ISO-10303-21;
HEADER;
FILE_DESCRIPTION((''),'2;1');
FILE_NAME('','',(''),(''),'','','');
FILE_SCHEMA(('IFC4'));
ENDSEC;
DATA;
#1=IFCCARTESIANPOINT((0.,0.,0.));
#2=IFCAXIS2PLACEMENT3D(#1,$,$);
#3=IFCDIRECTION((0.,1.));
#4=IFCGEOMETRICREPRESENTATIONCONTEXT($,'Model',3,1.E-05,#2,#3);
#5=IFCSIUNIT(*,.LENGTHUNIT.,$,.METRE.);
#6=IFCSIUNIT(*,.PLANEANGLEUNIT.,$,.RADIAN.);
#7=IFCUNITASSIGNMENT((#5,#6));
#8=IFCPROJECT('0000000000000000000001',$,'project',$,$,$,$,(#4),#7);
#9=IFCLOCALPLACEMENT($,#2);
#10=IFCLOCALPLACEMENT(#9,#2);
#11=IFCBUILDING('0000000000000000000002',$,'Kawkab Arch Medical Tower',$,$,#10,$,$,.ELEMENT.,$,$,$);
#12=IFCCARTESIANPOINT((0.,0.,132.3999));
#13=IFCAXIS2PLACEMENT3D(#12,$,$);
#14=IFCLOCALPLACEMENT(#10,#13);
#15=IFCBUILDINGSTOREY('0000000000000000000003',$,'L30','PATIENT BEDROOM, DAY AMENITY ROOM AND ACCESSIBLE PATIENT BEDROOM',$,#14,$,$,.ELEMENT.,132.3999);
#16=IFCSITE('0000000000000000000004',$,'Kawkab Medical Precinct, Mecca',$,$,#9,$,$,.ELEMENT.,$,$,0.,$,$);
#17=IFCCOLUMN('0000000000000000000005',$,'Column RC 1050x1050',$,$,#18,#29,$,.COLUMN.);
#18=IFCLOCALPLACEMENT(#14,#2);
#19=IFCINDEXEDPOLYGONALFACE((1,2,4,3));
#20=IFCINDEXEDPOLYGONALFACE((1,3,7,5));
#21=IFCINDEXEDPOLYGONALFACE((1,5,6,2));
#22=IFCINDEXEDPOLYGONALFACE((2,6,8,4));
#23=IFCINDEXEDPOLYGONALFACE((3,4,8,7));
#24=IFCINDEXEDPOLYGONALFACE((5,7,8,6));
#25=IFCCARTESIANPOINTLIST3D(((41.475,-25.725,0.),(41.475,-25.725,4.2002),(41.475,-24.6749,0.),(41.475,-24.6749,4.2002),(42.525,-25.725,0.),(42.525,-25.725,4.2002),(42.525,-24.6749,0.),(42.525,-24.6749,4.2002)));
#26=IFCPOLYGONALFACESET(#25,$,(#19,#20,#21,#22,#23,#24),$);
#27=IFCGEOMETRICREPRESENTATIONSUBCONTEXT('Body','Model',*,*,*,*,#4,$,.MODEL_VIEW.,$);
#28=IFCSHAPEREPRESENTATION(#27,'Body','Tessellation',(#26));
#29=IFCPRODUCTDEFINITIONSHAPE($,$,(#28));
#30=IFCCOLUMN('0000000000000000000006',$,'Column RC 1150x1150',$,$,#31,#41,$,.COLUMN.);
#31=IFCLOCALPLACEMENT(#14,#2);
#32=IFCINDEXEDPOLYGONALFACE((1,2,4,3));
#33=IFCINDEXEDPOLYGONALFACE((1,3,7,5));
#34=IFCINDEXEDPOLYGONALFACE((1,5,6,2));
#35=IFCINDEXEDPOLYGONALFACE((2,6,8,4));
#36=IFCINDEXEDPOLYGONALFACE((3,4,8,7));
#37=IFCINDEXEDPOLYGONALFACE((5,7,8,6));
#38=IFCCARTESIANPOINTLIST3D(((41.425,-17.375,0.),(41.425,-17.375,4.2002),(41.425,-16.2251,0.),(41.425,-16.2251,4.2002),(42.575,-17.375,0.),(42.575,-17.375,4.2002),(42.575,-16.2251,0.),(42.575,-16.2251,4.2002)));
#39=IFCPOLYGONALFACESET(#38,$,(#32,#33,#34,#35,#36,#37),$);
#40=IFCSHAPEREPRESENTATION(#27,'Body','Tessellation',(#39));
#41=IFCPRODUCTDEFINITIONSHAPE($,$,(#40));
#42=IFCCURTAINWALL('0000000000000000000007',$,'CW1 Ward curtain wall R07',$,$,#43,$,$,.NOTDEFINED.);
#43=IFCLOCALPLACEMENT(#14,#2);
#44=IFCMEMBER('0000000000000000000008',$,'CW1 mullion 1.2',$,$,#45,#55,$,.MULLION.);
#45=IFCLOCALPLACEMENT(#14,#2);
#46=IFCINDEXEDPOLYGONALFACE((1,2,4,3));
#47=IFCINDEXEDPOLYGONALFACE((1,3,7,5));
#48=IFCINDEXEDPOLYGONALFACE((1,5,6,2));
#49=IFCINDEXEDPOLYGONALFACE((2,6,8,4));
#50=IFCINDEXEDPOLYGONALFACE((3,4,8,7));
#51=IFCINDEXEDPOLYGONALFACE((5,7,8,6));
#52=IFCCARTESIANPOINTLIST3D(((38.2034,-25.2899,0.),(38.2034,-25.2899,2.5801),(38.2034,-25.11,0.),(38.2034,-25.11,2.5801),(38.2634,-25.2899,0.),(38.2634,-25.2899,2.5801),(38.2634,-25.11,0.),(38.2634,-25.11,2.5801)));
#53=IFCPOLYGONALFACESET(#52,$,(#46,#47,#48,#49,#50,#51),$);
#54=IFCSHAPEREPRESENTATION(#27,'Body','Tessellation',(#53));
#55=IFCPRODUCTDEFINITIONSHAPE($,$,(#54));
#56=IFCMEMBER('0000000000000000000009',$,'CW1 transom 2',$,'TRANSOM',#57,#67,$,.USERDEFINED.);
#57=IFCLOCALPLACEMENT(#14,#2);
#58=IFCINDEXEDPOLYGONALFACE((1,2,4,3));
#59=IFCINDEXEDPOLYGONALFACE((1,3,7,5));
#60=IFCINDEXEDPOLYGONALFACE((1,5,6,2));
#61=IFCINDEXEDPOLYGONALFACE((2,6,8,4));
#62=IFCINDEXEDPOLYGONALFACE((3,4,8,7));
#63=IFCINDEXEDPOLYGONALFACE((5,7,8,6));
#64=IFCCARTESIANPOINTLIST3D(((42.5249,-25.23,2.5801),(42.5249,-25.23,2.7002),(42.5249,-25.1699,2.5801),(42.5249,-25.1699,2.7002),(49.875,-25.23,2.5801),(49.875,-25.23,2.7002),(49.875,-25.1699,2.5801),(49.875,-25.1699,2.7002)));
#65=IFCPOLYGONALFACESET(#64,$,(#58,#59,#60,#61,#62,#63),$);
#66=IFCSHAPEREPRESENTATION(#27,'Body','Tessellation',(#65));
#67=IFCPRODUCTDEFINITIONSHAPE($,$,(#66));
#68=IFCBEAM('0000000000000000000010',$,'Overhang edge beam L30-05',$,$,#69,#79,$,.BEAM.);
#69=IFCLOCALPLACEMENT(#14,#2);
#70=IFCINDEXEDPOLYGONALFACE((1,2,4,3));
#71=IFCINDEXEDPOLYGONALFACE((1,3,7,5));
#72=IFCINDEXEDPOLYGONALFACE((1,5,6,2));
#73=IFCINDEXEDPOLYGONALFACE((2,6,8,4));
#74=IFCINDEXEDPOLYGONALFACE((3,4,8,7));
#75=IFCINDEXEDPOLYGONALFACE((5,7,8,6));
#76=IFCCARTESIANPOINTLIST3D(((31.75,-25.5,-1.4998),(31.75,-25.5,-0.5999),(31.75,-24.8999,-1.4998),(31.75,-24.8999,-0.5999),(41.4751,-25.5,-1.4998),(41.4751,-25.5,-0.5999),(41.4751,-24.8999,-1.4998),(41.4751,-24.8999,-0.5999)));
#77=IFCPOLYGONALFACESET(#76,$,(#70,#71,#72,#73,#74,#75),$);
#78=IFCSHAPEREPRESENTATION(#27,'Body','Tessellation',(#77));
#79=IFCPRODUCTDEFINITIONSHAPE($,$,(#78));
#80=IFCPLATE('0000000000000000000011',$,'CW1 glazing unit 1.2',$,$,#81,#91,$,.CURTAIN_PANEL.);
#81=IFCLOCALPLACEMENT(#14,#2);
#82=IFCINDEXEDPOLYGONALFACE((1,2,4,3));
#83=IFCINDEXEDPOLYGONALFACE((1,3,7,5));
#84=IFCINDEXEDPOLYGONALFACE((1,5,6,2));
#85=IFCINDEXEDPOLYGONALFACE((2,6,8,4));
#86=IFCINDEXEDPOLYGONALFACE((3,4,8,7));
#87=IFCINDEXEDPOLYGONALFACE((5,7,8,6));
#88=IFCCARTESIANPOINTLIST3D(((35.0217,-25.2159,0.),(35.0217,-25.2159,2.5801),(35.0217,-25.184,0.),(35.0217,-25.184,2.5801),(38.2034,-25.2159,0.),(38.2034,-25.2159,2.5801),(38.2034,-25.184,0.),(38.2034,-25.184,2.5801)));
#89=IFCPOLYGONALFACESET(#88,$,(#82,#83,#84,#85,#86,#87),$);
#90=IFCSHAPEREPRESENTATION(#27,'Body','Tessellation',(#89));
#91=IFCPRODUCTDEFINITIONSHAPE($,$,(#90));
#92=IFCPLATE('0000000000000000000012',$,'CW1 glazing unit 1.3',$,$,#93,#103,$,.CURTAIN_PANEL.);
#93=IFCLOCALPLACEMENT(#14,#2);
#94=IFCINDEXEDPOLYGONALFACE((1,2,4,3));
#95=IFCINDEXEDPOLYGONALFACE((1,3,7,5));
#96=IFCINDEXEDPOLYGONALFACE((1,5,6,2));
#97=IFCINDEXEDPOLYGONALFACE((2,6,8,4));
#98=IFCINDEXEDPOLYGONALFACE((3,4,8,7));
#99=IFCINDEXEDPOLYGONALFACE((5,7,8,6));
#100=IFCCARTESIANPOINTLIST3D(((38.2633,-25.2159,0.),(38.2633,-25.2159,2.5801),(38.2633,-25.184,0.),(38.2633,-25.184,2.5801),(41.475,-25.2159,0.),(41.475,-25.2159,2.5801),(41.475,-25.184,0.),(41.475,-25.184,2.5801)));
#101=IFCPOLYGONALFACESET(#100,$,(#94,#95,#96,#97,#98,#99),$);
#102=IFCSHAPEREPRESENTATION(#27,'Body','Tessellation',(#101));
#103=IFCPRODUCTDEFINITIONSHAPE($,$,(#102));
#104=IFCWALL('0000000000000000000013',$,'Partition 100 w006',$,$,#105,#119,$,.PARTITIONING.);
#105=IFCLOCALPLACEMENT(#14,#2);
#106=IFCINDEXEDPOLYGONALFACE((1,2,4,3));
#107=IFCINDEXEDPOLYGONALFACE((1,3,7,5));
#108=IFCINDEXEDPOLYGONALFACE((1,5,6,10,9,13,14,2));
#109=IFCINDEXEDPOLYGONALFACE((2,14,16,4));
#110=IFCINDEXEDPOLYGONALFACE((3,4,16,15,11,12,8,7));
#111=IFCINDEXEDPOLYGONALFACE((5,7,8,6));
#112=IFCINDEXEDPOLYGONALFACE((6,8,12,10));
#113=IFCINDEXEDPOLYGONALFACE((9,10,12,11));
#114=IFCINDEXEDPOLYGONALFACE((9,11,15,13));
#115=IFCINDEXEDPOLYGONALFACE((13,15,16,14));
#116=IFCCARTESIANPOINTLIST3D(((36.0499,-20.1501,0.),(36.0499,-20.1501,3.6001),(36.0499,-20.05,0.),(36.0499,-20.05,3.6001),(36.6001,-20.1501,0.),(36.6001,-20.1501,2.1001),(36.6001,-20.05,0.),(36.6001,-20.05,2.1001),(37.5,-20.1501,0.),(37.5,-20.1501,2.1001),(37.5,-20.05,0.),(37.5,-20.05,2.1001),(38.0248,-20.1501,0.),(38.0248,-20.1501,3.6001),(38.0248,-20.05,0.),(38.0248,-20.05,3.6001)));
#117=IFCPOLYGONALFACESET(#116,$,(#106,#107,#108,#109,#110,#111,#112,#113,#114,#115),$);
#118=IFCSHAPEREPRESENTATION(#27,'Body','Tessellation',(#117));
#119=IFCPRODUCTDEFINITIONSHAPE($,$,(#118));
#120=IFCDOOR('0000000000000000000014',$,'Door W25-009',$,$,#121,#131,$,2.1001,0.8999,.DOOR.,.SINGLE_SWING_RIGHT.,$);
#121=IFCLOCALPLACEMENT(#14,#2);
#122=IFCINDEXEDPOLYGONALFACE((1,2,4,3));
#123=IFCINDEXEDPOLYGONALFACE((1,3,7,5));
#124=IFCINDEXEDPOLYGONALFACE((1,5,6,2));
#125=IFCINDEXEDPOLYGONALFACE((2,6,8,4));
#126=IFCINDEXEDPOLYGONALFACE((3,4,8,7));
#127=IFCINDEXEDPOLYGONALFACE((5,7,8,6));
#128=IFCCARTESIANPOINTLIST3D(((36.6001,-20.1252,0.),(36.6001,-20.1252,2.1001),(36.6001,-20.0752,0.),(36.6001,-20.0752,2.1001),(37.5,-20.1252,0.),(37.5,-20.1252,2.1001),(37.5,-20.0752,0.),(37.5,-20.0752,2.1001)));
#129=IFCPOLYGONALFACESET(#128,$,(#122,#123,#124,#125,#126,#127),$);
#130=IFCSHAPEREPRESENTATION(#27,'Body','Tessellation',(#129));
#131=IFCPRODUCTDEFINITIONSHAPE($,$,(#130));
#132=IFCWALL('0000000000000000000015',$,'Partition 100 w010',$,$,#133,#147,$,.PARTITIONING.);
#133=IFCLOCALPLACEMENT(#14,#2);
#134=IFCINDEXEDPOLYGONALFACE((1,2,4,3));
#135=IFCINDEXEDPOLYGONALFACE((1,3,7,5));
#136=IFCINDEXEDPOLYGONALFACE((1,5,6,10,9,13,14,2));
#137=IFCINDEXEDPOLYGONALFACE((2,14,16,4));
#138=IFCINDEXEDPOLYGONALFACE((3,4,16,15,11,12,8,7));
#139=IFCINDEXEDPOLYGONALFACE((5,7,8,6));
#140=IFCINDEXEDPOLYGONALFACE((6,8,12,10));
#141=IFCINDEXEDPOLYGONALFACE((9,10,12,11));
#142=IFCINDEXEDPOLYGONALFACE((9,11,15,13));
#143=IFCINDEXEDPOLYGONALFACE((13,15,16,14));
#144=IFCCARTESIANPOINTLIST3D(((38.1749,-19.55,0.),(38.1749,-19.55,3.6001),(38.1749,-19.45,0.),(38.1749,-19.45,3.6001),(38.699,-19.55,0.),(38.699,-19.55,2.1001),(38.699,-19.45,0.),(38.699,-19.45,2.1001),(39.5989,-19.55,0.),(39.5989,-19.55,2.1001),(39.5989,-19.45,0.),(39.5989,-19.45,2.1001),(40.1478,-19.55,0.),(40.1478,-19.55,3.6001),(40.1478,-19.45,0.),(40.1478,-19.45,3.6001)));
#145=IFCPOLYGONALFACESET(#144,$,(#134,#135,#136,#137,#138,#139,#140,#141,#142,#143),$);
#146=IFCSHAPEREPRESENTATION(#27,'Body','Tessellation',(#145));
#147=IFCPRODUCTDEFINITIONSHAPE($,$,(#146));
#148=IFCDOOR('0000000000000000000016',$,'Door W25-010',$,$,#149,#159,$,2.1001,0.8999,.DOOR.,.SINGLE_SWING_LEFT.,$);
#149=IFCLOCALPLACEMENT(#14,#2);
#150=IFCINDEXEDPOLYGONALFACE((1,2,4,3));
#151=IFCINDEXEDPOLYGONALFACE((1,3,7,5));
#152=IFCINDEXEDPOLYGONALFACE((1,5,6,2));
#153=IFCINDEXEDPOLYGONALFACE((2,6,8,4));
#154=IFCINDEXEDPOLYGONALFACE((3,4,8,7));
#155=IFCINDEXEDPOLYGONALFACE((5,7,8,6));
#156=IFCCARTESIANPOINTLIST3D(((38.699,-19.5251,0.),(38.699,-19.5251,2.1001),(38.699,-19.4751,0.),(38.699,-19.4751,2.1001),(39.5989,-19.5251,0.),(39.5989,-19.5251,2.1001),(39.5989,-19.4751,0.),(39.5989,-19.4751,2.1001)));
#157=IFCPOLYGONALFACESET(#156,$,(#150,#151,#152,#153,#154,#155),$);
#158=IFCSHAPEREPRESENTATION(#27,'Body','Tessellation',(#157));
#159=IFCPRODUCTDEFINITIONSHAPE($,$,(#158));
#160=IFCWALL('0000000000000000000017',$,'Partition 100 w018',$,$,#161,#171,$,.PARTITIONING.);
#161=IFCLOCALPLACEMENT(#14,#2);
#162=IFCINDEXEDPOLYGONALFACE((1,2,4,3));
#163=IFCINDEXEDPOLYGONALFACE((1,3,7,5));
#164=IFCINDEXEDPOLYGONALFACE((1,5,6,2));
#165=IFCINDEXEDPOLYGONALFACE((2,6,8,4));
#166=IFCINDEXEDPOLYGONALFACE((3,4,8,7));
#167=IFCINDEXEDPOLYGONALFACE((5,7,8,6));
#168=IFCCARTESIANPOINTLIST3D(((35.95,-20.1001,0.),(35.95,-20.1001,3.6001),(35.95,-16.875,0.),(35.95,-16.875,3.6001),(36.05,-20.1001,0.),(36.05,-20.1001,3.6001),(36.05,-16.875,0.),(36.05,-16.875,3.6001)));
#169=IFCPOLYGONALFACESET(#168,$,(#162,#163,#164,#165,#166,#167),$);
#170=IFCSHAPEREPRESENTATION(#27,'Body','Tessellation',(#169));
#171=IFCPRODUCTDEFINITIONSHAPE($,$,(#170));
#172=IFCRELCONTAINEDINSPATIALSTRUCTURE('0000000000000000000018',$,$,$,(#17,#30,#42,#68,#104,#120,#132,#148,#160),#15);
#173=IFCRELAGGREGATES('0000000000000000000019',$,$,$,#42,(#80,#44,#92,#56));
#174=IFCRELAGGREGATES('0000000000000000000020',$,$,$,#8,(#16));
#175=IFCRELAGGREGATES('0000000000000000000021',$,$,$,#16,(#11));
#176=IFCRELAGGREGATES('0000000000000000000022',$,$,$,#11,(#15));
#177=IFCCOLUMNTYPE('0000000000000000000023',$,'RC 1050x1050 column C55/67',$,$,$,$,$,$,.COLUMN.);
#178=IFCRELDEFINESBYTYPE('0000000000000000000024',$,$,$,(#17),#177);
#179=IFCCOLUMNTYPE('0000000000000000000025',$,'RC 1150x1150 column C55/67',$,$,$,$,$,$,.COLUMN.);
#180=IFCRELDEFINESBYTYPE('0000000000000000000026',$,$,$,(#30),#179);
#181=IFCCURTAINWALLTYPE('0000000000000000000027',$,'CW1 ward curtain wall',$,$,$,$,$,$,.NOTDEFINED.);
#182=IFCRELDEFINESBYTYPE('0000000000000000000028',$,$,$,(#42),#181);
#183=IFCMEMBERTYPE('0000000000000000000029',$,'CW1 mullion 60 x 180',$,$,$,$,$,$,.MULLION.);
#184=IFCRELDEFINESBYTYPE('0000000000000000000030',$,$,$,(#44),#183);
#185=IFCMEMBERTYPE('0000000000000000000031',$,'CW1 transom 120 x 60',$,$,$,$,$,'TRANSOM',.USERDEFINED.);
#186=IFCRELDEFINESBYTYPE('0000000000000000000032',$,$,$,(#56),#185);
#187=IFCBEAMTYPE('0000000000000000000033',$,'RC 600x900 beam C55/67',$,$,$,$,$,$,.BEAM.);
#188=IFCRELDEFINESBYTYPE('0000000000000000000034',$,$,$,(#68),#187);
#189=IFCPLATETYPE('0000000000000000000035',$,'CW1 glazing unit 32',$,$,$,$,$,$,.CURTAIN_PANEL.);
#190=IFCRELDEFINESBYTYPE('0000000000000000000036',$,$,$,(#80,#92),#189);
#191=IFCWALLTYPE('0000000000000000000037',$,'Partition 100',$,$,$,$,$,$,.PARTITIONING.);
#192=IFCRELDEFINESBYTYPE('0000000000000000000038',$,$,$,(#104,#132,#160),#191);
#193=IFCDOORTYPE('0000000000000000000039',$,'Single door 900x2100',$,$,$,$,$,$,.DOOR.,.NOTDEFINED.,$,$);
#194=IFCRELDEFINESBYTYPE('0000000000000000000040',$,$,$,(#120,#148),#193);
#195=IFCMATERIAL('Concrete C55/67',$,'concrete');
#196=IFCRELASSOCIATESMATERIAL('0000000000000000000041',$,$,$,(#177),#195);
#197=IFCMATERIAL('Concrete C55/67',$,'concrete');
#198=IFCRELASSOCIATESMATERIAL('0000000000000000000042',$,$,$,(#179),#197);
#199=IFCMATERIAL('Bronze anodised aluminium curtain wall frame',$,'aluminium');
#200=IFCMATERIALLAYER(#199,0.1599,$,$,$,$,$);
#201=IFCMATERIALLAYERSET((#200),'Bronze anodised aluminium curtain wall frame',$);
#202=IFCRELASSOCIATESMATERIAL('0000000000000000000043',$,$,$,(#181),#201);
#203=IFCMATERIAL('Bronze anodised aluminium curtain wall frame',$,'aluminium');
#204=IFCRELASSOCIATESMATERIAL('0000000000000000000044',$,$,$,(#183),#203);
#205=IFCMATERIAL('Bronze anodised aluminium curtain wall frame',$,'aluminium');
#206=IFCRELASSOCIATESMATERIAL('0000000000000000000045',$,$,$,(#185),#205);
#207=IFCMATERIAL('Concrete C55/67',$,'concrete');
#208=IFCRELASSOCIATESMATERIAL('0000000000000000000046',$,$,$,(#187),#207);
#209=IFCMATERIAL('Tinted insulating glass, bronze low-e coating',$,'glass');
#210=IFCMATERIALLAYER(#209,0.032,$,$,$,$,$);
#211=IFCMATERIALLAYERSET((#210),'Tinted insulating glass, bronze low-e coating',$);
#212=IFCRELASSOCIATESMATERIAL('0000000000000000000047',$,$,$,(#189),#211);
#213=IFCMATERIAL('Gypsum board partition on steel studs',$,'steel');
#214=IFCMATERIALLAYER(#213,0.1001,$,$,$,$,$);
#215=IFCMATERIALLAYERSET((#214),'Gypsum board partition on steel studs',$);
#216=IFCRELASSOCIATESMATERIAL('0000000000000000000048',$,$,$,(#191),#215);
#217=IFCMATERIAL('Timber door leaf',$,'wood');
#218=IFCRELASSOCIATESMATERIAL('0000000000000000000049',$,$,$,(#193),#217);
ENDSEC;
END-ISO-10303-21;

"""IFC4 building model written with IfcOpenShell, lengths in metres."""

from ifc_helpers import new_model, si_unit, direction, frame, frame_2d, origin, origin_2d, place, context, subcontext, project, spatial, rectangle, extrude, material, layer, layer_set, material_profile, profile_set, type_object, element, fill, aggregate, save


model = new_model("IFC4")

# Units and contexts
model_context = context("Model", 3, precision=1e-05, world=origin(), true_north=direction((0.0, 1.0)))
body_context = subcontext(model_context, "Body", "Model", "MODEL_VIEW")
ifc_project = project(units=[si_unit("LENGTHUNIT", "METRE"), si_unit("PLANEANGLEUNIT", "RADIAN")], contexts=[model_context])

# Site, building, storey
site_placement = place(None, origin())
site = spatial("IfcSite", under=ifc_project, at=site_placement, Name="Kawkab Medical Precinct, Mecca", CompositionType="ELEMENT", RefElevation=0.0)
building_placement = place(site_placement, origin())
building = spatial("IfcBuilding", under=site, at=building_placement, Name="Kawkab Arch Medical Tower", CompositionType="ELEMENT")
storey_placement = place(building_placement, frame((0.0, 0.0, 132.3999)))
storey = spatial("IfcBuildingStorey", under=building, at=storey_placement, Name="L30", Description="PATIENT BEDROOM, DAY AMENITY ROOM AND ACCESSIBLE PATIENT BEDROOM", CompositionType="ELEMENT", Elevation=132.3999)

# Columns
ifc_material_1 = material(Name="Concrete C55/67", Category="concrete")
ifc_material_profile_1 = material_profile(ifc_material_1, rectangle(XDim=1.05, YDim=1.05, at=origin_2d()), Name="RC 1050x1050")
ifc_profile_set_1 = profile_set([ifc_material_profile_1], Name="Concrete C55/67")
column_type_1 = type_object("IfcColumnType", Name="RC 1050x1050 column C55/67", PredefinedType="COLUMN", material=ifc_profile_set_1)
column_1_placement = place(storey_placement, frame((42.0, -25.2, 0.0), z_axis=(0.0, 0.0, 1.0), x_axis=(1.0, 0.0, 0.0)))
element("IfcColumn", 1, at=column_1_placement, inside=storey, type_object=column_type_1, Name="Column RC 1050x1050", PredefinedType="COLUMN", context=body_context, shape_type="SweptSolid", body=[
    extrude(rectangle(XDim=1.05, YDim=1.05, at=origin_2d()), origin(), (0.0, 0.0, 1.0), 4.2002),
])
ifc_material_2 = material(Name="Concrete C55/67", Category="concrete")
ifc_material_profile_2 = material_profile(ifc_material_2, rectangle(XDim=1.1499, YDim=1.1499, at=origin_2d()), Name="RC 1150x1150")
ifc_profile_set_2 = profile_set([ifc_material_profile_2], Name="Concrete C55/67")
column_type_2 = type_object("IfcColumnType", Name="RC 1150x1150 column C55/67", PredefinedType="COLUMN", material=ifc_profile_set_2)
column_2_placement = place(storey_placement, frame((42.0, -16.8, 0.0), z_axis=(0.0, 0.0, 1.0), x_axis=(1.0, 0.0, 0.0)))
element("IfcColumn", 2, at=column_2_placement, inside=storey, type_object=column_type_2, Name="Column RC 1150x1150", PredefinedType="COLUMN", context=body_context, shape_type="SweptSolid", body=[
    extrude(rectangle(XDim=1.1499, YDim=1.1499, at=origin_2d()), origin(), (0.0, 0.0, 1.0), 4.2002),
])

# Curtain wall, members
ifc_material_3 = material(Name="Bronze anodised aluminium curtain wall frame", Category="aluminium")
ifc_layer_1 = layer(ifc_material_3, 0.1599)
ifc_layer_set_1 = layer_set([ifc_layer_1], Name="Bronze anodised aluminium curtain wall frame")
curtain_wall_type = type_object("IfcCurtainWallType", Name="CW1 ward curtain wall", PredefinedType="NOTDEFINED", material=ifc_layer_set_1)
curtain_wall_placement = place(storey_placement, origin())
curtain_wall = element("IfcCurtainWall", 3, at=curtain_wall_placement, inside=storey, type_object=curtain_wall_type, Name="CW1 Ward curtain wall R07", PredefinedType="NOTDEFINED")
ifc_material_4 = material(Name="Bronze anodised aluminium curtain wall frame", Category="aluminium")
ifc_material_profile_3 = material_profile(ifc_material_4, rectangle(XDim=0.1799, YDim=0.0601, at=origin_2d()), Name="AL 60x180")
ifc_profile_set_3 = profile_set([ifc_material_profile_3], Name="Bronze anodised aluminium curtain wall frame")
member_type_1 = type_object("IfcMemberType", Name="CW1 mullion 60 x 180", PredefinedType="MULLION", material=ifc_profile_set_3)
member_1_placement = place(storey_placement, frame((38.2334, -25.2, 0.0), z_axis=(0.0, 0.0, 1.0), x_axis=(0.0, 1.0, 0.0)))
member_1 = element("IfcMember", 4, at=member_1_placement, type_object=member_type_1, Name="CW1 mullion 1.2", PredefinedType="MULLION", context=body_context, shape_type="SweptSolid", body=[
    extrude(rectangle(XDim=0.1799, YDim=0.0601, at=origin_2d()), origin(), (0.0, 0.0, 1.0), 2.5801),
])
ifc_material_5 = material(Name="Bronze anodised aluminium curtain wall frame", Category="aluminium")
ifc_material_profile_4 = material_profile(ifc_material_5, rectangle(XDim=0.0601, YDim=0.1201, at=origin_2d()), Name="AL 60x120")
ifc_profile_set_4 = profile_set([ifc_material_profile_4], Name="Bronze anodised aluminium curtain wall frame")
member_type_2 = type_object("IfcMemberType", Name="CW1 transom 120 x 60", ElementType="TRANSOM", PredefinedType="USERDEFINED", material=ifc_profile_set_4)
member_2_placement = place(storey_placement, frame((42.5249, -25.2, 2.6401), z_axis=(1.0, 0.0, 0.0), x_axis=(0.0, 1.0, 0.0)))
member_2 = element("IfcMember", 5, at=member_2_placement, type_object=member_type_2, Name="CW1 transom 2", ObjectType="TRANSOM", PredefinedType="USERDEFINED", context=body_context, shape_type="SweptSolid", body=[
    extrude(rectangle(XDim=0.0601, YDim=0.1201, at=origin_2d()), origin(), (0.0, 0.0, 1.0), 7.3501),
])

# Beam
ifc_material_6 = material(Name="Concrete C55/67", Category="concrete")
ifc_material_profile_5 = material_profile(ifc_material_6, rectangle(XDim=0.6001, YDim=0.8999, at=origin_2d()), Name="RC 600x900")
ifc_profile_set_5 = profile_set([ifc_material_profile_5], Name="Concrete C55/67")
beam_type = type_object("IfcBeamType", Name="RC 600x900 beam C55/67", PredefinedType="BEAM", material=ifc_profile_set_5)
beam_placement = place(storey_placement, frame((41.4751, -25.2, -1.0498), z_axis=(-1.0, 0.0, 0.0), x_axis=(0.0, -1.0, 0.0)))
element("IfcBeam", 6, at=beam_placement, inside=storey, type_object=beam_type, Name="Overhang edge beam L30-05", PredefinedType="BEAM", context=body_context, shape_type="SweptSolid", body=[
    extrude(rectangle(XDim=0.6001, YDim=0.8999, at=origin_2d()), origin(), (0.0, 0.0, 1.0), 9.7251),
])

# Plates
ifc_material_7 = material(Name="Tinted insulating glass, bronze low-e coating", Category="glass")
ifc_layer_2 = layer(ifc_material_7, 0.032)
ifc_layer_set_2 = layer_set([ifc_layer_2], Name="Tinted insulating glass, bronze low-e coating")
plate_type = type_object("IfcPlateType", Name="CW1 glazing unit 32", PredefinedType="CURTAIN_PANEL", material=ifc_layer_set_2)
plate_1_placement = place(storey_placement, frame((36.6125, -25.2, 0.0), z_axis=(0.0, 0.0, 1.0), x_axis=(1.0, 0.0, 0.0)))
plate_1 = element("IfcPlate", 7, at=plate_1_placement, type_object=plate_type, Name="CW1 glazing unit 1.2", PredefinedType="CURTAIN_PANEL", context=body_context, shape_type="SweptSolid", body=[
    extrude(rectangle(XDim=3.1816, YDim=0.032, at=origin_2d()), origin(), (0.0, 0.0, 1.0), 2.5801),
])
plate_2_placement = place(storey_placement, frame((39.8691, -25.2, 0.0), z_axis=(0.0, 0.0, 1.0), x_axis=(1.0, 0.0, 0.0)))
plate_2 = element("IfcPlate", 8, at=plate_2_placement, type_object=plate_type, Name="CW1 glazing unit 1.3", PredefinedType="CURTAIN_PANEL", context=body_context, shape_type="SweptSolid", body=[
    extrude(rectangle(XDim=3.2117, YDim=0.032, at=origin_2d()), origin(), (0.0, 0.0, 1.0), 2.5801),
])
aggregate(curtain_wall, [plate_1, member_1, plate_2, member_2])

# Walls, openings, doors
ifc_material_8 = material(Name="Gypsum board partition on steel studs", Category="steel")
ifc_layer_3 = layer(ifc_material_8, 0.1001)
ifc_layer_set_3 = layer_set([ifc_layer_3], Name="Gypsum board partition on steel studs")
wall_type_1 = type_object("IfcWallType", Name="Partition 100", PredefinedType="PARTITIONING", material=ifc_layer_set_3)
wall_1_placement = place(storey_placement, frame((36.05, -20.1001, 0.0), z_axis=(0.0, 0.0, 1.0), x_axis=(1.0, 0.0, 0.0)))
wall_1 = element("IfcWall", 9, at=wall_1_placement, inside=storey, type_object=wall_type_1, Name="Partition 100 w006", PredefinedType="PARTITIONING", context=body_context, shape_type="SweptSolid", body=[
    extrude(rectangle(XDim=1.9749, YDim=0.1001, at=frame_2d((0.9873, 0.0))), origin(), (0.0, 0.0, 1.0), 3.6001),
])
opening_1_placement = place(wall_1_placement, frame((0.55, 0.0, 0.0)))
opening_1 = element("IfcOpeningElement", 10, at=opening_1_placement, cuts=wall_1, PredefinedType="OPENING", context=body_context, shape_type="SweptSolid", body=[
    extrude(rectangle(XDim=0.8999, YDim=2.1001, at=frame_2d((0.45, 1.05))), frame((0.0, 0.0601, 0.0), z_axis=(0.0, -1.0, 0.0), x_axis=(1.0, 0.0, 0.0)), (0.0, 0.0, 1.0), 0.1201),
])
ifc_material_9 = material(Name="Timber door leaf", Category="wood")
door_type = type_object("IfcDoorType", Name="Single door 900x2100", OperationType="NOTDEFINED", PredefinedType="DOOR", material=ifc_material_9)
door_1_placement = place(opening_1_placement, origin())
door_1 = element("IfcDoor", 11, at=door_1_placement, inside=storey, type_object=door_type, Name="Door W25-009", OperationType="SINGLE_SWING_RIGHT", OverallHeight=2.1001, OverallWidth=0.8999, PredefinedType="DOOR", context=body_context, shape_type="SweptSolid", body=[
    extrude(rectangle(XDim=0.8999, YDim=2.1001, at=frame_2d((0.45, 1.05))), frame((0.0, 0.0249, 0.0), z_axis=(0.0, -1.0, 0.0), x_axis=(1.0, 0.0, 0.0)), (0.0, 0.0, 1.0), 0.05),
])
fill(opening_1, door_1)
wall_2_placement = place(storey_placement, frame((38.175, -19.5, 0.0), z_axis=(0.0, 0.0, 1.0), x_axis=(1.0, 0.0, 0.0)))
wall_2 = element("IfcWall", 12, at=wall_2_placement, inside=storey, type_object=wall_type_1, Name="Partition 100 w010", PredefinedType="PARTITIONING", context=body_context, shape_type="SweptSolid", body=[
    extrude(rectangle(XDim=1.9729, YDim=0.1001, at=frame_2d((0.9863, 0.0))), origin(), (0.0, 0.0, 1.0), 3.6001),
])
opening_2_placement = place(wall_2_placement, frame((0.5239, 0.0, 0.0)))
opening_2 = element("IfcOpeningElement", 13, at=opening_2_placement, cuts=wall_2, PredefinedType="OPENING", context=body_context, shape_type="SweptSolid", body=[
    extrude(rectangle(XDim=0.8999, YDim=2.1001, at=frame_2d((0.45, 1.05))), frame((0.0, 0.0601, 0.0), z_axis=(0.0, -1.0, 0.0), x_axis=(1.0, 0.0, 0.0)), (0.0, 0.0, 1.0), 0.1201),
])
door_2_placement = place(opening_2_placement, origin())
door_2 = element("IfcDoor", 14, at=door_2_placement, inside=storey, type_object=door_type, Name="Door W25-010", OperationType="SINGLE_SWING_LEFT", OverallHeight=2.1001, OverallWidth=0.8999, PredefinedType="DOOR", context=body_context, shape_type="SweptSolid", body=[
    extrude(rectangle(XDim=0.8999, YDim=2.1001, at=frame_2d((0.45, 1.05))), frame((0.0, 0.0249, 0.0), z_axis=(0.0, -1.0, 0.0), x_axis=(1.0, 0.0, 0.0)), (0.0, 0.0, 1.0), 0.05),
])
fill(opening_2, door_2)

# Wall
wall_3_placement = place(storey_placement, frame((36.0, -20.1001, 0.0), z_axis=(0.0, 0.0, 1.0), x_axis=(0.0, 1.0, 0.0)))
element("IfcWall", 15, at=wall_3_placement, inside=storey, type_object=wall_type_1, Name="Partition 100 w018", PredefinedType="PARTITIONING", context=body_context, shape_type="SweptSolid", body=[
    extrude(rectangle(XDim=3.2251, YDim=0.1001, at=frame_2d((1.6125, 0.0))), origin(), (0.0, 0.0, 1.0), 3.6001),
])

save(model, "model.ifc")
